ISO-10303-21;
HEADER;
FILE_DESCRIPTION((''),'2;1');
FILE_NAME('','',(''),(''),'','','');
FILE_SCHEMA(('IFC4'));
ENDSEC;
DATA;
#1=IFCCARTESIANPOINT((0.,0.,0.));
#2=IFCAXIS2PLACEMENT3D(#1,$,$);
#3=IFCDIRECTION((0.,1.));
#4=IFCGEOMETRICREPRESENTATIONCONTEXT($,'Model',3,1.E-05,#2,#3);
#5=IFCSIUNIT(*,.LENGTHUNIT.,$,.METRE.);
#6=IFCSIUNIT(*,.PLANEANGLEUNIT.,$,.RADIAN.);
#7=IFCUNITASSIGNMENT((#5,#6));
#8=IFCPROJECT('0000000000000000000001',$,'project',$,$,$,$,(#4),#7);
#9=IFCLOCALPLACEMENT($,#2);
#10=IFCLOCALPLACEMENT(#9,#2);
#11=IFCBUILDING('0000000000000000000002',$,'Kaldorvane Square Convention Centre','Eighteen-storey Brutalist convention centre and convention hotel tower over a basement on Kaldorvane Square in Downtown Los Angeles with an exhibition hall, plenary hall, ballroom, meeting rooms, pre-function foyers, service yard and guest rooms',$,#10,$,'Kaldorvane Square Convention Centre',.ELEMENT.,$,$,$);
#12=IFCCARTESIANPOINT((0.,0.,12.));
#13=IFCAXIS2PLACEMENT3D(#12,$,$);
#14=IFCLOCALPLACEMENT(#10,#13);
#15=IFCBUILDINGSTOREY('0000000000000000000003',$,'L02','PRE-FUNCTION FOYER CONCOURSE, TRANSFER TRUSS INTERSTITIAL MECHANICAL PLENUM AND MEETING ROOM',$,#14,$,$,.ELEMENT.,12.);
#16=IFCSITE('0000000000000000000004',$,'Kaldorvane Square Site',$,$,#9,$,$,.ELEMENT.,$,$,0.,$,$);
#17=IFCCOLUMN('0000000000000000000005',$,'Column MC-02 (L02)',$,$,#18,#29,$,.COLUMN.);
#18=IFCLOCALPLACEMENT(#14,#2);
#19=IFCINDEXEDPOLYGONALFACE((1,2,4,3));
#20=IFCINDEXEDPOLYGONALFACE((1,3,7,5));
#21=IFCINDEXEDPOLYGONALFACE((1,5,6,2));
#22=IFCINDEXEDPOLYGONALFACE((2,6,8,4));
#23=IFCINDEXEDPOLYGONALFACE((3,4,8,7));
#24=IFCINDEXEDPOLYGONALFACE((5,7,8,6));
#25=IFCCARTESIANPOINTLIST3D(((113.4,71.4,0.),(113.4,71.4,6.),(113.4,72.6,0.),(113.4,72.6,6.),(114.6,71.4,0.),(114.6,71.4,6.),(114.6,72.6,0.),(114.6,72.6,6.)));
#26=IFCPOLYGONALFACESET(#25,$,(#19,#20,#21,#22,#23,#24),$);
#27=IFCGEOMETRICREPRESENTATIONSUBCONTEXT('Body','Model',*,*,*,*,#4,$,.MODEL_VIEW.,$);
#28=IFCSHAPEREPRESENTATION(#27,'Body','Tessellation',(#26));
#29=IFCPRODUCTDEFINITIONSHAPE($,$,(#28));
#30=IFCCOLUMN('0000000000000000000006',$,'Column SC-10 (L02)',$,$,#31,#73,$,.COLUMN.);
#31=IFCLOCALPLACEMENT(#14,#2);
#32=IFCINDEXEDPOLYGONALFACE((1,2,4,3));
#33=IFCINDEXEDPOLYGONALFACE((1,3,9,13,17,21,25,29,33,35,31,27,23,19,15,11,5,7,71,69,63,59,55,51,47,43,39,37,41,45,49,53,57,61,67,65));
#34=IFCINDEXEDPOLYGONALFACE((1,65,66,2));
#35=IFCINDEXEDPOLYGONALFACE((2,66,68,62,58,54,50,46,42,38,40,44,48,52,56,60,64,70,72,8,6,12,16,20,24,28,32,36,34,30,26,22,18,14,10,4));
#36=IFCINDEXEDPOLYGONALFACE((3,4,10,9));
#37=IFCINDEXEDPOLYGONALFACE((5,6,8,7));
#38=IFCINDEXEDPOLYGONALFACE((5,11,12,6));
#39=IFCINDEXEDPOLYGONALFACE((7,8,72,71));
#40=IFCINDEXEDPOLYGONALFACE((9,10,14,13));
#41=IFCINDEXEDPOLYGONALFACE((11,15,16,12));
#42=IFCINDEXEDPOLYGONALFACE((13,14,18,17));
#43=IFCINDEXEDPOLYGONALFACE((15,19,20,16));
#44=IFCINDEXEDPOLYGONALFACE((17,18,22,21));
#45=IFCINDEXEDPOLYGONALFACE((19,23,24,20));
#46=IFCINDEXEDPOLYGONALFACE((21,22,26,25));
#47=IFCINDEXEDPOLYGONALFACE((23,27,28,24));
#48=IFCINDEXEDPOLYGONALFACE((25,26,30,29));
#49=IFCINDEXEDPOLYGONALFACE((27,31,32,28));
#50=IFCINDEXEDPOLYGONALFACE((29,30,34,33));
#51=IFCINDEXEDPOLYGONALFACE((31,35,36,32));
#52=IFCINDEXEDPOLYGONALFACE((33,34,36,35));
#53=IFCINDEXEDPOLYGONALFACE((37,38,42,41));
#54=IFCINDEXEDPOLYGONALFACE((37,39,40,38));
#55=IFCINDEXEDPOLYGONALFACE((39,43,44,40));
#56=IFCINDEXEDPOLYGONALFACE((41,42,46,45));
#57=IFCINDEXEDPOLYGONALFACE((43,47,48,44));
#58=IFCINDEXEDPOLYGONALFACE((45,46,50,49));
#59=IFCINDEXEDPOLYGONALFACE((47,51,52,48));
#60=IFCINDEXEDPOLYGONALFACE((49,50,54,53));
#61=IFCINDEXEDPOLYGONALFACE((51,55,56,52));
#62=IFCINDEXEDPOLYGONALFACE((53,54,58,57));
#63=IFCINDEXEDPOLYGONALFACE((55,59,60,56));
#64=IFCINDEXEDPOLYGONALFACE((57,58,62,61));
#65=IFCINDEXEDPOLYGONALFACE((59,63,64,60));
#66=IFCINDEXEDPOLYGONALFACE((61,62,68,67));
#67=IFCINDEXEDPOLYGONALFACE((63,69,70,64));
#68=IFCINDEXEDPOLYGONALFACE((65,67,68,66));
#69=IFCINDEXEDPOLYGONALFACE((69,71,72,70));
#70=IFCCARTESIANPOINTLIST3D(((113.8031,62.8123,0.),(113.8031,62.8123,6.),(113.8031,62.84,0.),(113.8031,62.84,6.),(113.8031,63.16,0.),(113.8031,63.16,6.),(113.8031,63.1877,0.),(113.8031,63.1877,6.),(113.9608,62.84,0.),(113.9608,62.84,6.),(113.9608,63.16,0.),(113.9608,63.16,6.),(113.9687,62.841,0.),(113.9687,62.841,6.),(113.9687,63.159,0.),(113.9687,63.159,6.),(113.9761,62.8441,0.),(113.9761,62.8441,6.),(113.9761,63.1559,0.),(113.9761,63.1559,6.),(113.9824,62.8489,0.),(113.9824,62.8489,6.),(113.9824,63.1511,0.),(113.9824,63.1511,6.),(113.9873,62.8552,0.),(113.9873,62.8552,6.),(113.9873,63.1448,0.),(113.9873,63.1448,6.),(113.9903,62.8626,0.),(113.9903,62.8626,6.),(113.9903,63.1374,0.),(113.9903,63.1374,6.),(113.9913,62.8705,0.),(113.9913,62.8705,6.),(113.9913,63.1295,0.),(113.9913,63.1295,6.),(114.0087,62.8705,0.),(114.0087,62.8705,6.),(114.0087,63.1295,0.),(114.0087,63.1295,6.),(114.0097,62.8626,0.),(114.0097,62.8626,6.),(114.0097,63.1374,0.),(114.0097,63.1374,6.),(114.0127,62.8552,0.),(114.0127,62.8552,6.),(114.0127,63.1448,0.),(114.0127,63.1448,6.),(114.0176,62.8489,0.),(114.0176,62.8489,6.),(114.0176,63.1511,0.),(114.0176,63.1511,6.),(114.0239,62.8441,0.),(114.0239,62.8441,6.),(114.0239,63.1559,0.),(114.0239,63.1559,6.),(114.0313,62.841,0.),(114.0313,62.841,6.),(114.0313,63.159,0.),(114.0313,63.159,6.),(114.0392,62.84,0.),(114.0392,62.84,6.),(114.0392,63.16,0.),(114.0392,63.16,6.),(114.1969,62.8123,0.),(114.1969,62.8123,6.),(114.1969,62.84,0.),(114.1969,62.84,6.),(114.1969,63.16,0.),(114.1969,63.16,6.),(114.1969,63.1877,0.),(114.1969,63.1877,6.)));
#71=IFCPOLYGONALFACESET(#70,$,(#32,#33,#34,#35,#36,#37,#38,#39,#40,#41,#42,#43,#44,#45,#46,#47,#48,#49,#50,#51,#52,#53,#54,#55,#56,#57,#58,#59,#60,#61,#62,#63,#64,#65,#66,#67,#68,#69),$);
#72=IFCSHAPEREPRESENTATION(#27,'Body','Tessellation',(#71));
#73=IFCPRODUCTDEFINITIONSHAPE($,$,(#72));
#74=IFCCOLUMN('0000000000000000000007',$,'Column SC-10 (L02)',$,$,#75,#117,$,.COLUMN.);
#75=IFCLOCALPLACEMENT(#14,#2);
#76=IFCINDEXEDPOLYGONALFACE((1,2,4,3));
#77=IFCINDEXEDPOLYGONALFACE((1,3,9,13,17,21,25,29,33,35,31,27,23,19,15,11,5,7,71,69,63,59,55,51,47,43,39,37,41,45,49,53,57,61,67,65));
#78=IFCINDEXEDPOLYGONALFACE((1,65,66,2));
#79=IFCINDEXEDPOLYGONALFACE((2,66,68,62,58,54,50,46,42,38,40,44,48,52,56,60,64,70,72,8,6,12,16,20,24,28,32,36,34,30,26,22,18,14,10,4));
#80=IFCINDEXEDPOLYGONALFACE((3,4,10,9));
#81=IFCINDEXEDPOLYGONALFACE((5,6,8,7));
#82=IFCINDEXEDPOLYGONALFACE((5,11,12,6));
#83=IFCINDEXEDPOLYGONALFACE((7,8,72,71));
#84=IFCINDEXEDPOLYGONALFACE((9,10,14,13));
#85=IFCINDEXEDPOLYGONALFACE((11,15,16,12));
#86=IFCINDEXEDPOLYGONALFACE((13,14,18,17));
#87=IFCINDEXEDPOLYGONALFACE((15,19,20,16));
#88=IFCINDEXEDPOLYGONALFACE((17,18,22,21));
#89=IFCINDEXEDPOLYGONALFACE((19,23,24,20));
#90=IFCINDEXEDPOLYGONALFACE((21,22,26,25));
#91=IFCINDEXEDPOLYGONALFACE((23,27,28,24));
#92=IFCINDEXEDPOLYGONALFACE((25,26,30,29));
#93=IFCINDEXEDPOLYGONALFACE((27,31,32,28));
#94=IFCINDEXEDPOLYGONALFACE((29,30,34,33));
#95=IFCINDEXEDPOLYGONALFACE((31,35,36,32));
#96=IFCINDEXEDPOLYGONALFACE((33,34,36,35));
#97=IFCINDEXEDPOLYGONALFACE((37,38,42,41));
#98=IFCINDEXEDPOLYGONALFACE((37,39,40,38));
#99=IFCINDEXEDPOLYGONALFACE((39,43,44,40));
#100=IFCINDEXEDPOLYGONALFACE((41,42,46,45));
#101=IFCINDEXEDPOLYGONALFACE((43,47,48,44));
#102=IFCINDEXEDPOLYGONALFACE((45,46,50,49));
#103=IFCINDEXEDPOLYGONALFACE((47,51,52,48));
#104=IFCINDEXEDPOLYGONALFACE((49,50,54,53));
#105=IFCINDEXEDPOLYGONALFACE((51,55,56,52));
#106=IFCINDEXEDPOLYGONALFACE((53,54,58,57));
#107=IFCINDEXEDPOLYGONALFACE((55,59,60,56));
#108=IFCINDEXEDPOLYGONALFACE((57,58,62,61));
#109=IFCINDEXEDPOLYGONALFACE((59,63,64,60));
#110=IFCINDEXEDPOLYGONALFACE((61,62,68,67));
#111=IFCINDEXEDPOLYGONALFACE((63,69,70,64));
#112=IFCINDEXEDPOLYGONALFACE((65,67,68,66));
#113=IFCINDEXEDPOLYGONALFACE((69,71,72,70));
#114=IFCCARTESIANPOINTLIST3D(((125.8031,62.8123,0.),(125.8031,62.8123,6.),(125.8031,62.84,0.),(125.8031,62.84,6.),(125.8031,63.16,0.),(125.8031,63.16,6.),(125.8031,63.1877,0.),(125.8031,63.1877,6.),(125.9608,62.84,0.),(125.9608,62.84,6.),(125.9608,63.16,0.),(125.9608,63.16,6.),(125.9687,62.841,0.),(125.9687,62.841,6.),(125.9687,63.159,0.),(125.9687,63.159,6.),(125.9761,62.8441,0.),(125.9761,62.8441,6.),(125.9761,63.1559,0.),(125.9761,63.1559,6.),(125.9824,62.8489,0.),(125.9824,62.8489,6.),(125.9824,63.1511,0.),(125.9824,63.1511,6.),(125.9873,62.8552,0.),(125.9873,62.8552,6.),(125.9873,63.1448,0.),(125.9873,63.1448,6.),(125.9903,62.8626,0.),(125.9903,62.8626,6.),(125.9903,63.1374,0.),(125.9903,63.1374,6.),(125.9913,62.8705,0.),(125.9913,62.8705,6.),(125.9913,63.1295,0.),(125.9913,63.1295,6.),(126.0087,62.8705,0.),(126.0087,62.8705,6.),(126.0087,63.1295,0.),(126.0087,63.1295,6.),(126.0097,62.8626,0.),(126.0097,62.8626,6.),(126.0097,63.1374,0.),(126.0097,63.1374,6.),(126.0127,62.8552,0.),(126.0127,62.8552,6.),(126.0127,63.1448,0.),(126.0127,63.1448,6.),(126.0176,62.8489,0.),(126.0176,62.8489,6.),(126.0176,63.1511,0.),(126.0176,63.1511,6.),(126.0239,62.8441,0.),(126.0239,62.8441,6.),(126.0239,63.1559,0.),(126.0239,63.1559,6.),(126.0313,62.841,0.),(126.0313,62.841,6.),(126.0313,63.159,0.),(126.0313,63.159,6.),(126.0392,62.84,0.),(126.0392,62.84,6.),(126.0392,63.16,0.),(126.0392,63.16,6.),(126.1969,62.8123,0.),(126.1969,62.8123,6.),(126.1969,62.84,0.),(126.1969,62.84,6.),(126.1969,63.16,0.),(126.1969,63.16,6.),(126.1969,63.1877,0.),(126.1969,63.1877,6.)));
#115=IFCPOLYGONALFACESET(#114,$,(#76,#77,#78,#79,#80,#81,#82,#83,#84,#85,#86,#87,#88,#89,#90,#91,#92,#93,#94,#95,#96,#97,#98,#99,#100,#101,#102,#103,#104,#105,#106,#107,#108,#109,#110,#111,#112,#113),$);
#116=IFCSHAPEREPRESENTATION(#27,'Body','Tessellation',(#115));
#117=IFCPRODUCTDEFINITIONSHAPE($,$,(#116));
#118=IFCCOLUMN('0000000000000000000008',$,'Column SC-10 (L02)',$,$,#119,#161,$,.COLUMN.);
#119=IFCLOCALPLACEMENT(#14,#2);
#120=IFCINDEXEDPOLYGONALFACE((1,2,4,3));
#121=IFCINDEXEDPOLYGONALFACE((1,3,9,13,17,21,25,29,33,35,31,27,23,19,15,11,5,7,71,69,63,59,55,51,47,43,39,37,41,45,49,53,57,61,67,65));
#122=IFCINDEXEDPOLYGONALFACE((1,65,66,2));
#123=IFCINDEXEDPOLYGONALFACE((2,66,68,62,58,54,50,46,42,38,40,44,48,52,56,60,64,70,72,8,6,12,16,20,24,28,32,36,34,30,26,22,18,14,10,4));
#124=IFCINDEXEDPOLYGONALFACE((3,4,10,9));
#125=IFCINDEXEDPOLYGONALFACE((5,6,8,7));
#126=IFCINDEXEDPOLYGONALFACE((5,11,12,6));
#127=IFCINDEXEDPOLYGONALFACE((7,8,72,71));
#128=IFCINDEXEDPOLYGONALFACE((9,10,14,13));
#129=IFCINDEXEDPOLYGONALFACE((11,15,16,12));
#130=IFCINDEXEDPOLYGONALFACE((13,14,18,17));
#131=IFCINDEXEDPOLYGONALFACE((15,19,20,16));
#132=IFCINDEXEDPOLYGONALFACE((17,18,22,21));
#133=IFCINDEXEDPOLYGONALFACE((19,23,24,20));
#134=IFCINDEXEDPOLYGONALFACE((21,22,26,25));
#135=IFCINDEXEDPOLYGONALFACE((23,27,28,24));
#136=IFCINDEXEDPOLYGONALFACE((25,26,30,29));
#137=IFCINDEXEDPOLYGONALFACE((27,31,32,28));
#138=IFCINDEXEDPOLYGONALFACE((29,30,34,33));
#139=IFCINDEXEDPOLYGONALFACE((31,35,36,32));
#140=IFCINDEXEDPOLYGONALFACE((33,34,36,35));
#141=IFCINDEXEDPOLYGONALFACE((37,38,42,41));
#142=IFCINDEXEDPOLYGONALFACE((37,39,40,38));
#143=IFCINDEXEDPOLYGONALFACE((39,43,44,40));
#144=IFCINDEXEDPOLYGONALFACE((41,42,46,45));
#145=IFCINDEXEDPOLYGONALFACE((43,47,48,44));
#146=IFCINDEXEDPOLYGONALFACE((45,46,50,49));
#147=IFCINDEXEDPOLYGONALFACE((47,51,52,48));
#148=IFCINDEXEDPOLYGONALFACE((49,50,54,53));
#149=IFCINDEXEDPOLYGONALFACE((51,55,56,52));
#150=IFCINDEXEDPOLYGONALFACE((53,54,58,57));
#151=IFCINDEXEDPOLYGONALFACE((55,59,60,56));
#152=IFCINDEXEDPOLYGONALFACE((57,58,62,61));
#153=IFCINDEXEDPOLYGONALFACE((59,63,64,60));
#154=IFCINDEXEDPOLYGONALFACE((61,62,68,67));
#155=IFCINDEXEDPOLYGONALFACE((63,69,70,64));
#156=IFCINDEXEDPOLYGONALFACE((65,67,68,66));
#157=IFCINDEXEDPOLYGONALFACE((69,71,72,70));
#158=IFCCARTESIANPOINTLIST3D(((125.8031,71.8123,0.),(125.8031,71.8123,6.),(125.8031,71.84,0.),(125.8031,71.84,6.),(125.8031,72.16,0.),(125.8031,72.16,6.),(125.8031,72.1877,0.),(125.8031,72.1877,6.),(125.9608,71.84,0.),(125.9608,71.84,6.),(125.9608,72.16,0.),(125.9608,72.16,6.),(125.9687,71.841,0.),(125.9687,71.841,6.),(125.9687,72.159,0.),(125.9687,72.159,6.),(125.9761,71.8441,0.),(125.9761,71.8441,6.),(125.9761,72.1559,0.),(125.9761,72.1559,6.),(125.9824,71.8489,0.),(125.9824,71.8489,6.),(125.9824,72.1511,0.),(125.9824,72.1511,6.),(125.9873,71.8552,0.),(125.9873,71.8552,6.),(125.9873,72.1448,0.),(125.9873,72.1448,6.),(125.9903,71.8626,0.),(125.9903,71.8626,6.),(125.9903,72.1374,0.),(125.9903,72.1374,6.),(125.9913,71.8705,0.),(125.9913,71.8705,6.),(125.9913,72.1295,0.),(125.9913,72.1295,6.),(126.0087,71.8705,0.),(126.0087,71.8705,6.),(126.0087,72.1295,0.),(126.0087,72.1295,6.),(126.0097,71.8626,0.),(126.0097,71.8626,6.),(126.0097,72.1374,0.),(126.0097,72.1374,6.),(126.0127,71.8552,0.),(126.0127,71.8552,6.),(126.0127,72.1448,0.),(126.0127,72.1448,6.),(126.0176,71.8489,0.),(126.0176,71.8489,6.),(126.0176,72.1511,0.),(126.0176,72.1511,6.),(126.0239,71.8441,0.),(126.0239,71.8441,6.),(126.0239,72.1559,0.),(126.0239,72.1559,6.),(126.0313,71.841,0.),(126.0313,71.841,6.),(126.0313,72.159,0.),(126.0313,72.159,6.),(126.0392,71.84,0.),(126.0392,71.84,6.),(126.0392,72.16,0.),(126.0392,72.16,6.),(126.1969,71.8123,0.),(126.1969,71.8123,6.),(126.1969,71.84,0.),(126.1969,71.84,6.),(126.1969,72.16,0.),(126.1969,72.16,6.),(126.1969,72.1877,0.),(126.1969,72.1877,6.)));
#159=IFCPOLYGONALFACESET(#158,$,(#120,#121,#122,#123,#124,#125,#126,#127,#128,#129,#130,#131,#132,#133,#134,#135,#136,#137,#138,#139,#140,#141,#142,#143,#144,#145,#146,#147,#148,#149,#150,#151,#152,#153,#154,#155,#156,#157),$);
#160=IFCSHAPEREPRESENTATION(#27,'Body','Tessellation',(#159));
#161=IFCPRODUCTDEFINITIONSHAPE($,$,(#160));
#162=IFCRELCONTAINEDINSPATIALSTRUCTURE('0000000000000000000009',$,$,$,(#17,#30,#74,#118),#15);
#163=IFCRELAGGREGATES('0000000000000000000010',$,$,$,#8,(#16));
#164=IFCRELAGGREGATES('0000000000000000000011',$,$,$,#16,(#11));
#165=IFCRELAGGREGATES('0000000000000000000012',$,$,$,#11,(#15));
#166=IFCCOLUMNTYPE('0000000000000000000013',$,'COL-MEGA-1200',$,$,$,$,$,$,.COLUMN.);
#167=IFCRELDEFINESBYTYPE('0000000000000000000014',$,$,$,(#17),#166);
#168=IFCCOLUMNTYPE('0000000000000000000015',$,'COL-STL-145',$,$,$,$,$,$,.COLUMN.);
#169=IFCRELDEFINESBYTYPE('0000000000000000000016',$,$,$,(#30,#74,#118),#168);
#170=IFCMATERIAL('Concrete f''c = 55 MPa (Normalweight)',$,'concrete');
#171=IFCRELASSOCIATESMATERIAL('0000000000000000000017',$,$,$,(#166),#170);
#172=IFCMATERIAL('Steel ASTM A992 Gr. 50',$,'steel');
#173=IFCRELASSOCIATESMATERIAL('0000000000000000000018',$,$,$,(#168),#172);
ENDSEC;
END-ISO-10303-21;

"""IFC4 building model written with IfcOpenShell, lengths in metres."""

from ifc_helpers import new_model, si_unit, direction, frame, origin, origin_2d, place, context, subcontext, project, spatial, rectangle, i_section, extrude, material, material_profile, profile_set, type_object, element, save


model = new_model("IFC4")

# Units and contexts
model_context = context("Model", 3, precision=1e-05, world=origin(), true_north=direction((0.0, 1.0)))
body_context = subcontext(model_context, "Body", "Model", "MODEL_VIEW")
ifc_project = project(units=[si_unit("LENGTHUNIT", "METRE"), si_unit("PLANEANGLEUNIT", "RADIAN")], contexts=[model_context])

# Site, building, storey
site_placement = place(None, origin())
site = spatial("IfcSite", under=ifc_project, at=site_placement, Name="Kaldorvane Square Site", CompositionType="ELEMENT", RefElevation=0.0)
building_placement = place(site_placement, origin())
building = spatial("IfcBuilding", under=site, at=building_placement, Name="Kaldorvane Square Convention Centre", Description="Eighteen-storey Brutalist convention centre and convention hotel tower over a basement on Kaldorvane Square in Downtown Los Angeles with an exhibition hall, plenary hall, ballroom, meeting rooms, pre-function foyers, service yard and guest rooms", LongName="Kaldorvane Square Convention Centre", CompositionType="ELEMENT")
storey_placement = place(building_placement, frame((0.0, 0.0, 12.0)))
storey = spatial("IfcBuildingStorey", under=building, at=storey_placement, Name="L02", Description="PRE-FUNCTION FOYER CONCOURSE, TRANSFER TRUSS INTERSTITIAL MECHANICAL PLENUM AND MEETING ROOM", CompositionType="ELEMENT", Elevation=12.0)

# Columns
ifc_material_1 = material(Name="Concrete f'c = 55 MPa (Normalweight)", Category="concrete")
ifc_material_profile_1 = material_profile(ifc_material_1, rectangle(XDim=1.2, YDim=1.2, at=origin_2d()), Name="RC1200X1200")
ifc_profile_set_1 = profile_set([ifc_material_profile_1], Name="Concrete f'c = 55 MPa (Normalweight)")
column_type_1 = type_object("IfcColumnType", Name="COL-MEGA-1200", PredefinedType="COLUMN", material=ifc_profile_set_1)
column_placement = place(storey_placement, frame((114.0, 72.0, 0.0), z_axis=(0.0, 0.0, 1.0), x_axis=(1.0, 0.0, 0.0)))
element("IfcColumn", 1, at=column_placement, inside=storey, type_object=column_type_1, Name="Column MC-02 (L02)", PredefinedType="COLUMN", context=body_context, shape_type="SweptSolid", body=[
    extrude(rectangle(XDim=1.2, YDim=1.2, at=origin_2d()), origin(), (0.0, 0.0, 1.0), 6.0),
])
ifc_material_2 = material(Name="Steel ASTM A992 Gr. 50", Category="steel")
ifc_material_profile_2 = material_profile(ifc_material_2, i_section(OverallWidth=0.3937, OverallDepth=0.3754, WebThickness=0.0173, FlangeThickness=0.0277, FilletRadius=0.0305, at=origin_2d()), Name="W14X145")
ifc_profile_set_2 = profile_set([ifc_material_profile_2], Name="Steel ASTM A992 Gr. 50")
column_type_2 = type_object("IfcColumnType", Name="COL-STL-145", PredefinedType="COLUMN", material=ifc_profile_set_2)
for number, where, z_axis, x_axis, name in (
    (2, (114.0, 63.0, 0.0), (0.0, 0.0, 1.0), (1.0, 0.0, 0.0), "Column SC-10 (L02)"),
    (3, (126.0, 63.0, 0.0), (0.0, 0.0, 1.0), (1.0, 0.0, 0.0), "Column SC-10 (L02)"),
    (4, (126.0, 72.0, 0.0), (0.0, 0.0, 1.0), (1.0, 0.0, 0.0), "Column SC-10 (L02)"),
):
    element("IfcColumn", number, at=place(storey_placement, frame(where, z_axis=z_axis, x_axis=x_axis)), inside=storey, type_object=column_type_2, Name=name, PredefinedType="COLUMN", context=body_context, shape_type="SweptSolid", body=[
        extrude(i_section(OverallWidth=0.3937, OverallDepth=0.3754, WebThickness=0.0173, FlangeThickness=0.0277, FilletRadius=0.0305, at=origin_2d()), origin(), (0.0, 0.0, 1.0), 6.0),
    ])

save(model, "model.ifc")
